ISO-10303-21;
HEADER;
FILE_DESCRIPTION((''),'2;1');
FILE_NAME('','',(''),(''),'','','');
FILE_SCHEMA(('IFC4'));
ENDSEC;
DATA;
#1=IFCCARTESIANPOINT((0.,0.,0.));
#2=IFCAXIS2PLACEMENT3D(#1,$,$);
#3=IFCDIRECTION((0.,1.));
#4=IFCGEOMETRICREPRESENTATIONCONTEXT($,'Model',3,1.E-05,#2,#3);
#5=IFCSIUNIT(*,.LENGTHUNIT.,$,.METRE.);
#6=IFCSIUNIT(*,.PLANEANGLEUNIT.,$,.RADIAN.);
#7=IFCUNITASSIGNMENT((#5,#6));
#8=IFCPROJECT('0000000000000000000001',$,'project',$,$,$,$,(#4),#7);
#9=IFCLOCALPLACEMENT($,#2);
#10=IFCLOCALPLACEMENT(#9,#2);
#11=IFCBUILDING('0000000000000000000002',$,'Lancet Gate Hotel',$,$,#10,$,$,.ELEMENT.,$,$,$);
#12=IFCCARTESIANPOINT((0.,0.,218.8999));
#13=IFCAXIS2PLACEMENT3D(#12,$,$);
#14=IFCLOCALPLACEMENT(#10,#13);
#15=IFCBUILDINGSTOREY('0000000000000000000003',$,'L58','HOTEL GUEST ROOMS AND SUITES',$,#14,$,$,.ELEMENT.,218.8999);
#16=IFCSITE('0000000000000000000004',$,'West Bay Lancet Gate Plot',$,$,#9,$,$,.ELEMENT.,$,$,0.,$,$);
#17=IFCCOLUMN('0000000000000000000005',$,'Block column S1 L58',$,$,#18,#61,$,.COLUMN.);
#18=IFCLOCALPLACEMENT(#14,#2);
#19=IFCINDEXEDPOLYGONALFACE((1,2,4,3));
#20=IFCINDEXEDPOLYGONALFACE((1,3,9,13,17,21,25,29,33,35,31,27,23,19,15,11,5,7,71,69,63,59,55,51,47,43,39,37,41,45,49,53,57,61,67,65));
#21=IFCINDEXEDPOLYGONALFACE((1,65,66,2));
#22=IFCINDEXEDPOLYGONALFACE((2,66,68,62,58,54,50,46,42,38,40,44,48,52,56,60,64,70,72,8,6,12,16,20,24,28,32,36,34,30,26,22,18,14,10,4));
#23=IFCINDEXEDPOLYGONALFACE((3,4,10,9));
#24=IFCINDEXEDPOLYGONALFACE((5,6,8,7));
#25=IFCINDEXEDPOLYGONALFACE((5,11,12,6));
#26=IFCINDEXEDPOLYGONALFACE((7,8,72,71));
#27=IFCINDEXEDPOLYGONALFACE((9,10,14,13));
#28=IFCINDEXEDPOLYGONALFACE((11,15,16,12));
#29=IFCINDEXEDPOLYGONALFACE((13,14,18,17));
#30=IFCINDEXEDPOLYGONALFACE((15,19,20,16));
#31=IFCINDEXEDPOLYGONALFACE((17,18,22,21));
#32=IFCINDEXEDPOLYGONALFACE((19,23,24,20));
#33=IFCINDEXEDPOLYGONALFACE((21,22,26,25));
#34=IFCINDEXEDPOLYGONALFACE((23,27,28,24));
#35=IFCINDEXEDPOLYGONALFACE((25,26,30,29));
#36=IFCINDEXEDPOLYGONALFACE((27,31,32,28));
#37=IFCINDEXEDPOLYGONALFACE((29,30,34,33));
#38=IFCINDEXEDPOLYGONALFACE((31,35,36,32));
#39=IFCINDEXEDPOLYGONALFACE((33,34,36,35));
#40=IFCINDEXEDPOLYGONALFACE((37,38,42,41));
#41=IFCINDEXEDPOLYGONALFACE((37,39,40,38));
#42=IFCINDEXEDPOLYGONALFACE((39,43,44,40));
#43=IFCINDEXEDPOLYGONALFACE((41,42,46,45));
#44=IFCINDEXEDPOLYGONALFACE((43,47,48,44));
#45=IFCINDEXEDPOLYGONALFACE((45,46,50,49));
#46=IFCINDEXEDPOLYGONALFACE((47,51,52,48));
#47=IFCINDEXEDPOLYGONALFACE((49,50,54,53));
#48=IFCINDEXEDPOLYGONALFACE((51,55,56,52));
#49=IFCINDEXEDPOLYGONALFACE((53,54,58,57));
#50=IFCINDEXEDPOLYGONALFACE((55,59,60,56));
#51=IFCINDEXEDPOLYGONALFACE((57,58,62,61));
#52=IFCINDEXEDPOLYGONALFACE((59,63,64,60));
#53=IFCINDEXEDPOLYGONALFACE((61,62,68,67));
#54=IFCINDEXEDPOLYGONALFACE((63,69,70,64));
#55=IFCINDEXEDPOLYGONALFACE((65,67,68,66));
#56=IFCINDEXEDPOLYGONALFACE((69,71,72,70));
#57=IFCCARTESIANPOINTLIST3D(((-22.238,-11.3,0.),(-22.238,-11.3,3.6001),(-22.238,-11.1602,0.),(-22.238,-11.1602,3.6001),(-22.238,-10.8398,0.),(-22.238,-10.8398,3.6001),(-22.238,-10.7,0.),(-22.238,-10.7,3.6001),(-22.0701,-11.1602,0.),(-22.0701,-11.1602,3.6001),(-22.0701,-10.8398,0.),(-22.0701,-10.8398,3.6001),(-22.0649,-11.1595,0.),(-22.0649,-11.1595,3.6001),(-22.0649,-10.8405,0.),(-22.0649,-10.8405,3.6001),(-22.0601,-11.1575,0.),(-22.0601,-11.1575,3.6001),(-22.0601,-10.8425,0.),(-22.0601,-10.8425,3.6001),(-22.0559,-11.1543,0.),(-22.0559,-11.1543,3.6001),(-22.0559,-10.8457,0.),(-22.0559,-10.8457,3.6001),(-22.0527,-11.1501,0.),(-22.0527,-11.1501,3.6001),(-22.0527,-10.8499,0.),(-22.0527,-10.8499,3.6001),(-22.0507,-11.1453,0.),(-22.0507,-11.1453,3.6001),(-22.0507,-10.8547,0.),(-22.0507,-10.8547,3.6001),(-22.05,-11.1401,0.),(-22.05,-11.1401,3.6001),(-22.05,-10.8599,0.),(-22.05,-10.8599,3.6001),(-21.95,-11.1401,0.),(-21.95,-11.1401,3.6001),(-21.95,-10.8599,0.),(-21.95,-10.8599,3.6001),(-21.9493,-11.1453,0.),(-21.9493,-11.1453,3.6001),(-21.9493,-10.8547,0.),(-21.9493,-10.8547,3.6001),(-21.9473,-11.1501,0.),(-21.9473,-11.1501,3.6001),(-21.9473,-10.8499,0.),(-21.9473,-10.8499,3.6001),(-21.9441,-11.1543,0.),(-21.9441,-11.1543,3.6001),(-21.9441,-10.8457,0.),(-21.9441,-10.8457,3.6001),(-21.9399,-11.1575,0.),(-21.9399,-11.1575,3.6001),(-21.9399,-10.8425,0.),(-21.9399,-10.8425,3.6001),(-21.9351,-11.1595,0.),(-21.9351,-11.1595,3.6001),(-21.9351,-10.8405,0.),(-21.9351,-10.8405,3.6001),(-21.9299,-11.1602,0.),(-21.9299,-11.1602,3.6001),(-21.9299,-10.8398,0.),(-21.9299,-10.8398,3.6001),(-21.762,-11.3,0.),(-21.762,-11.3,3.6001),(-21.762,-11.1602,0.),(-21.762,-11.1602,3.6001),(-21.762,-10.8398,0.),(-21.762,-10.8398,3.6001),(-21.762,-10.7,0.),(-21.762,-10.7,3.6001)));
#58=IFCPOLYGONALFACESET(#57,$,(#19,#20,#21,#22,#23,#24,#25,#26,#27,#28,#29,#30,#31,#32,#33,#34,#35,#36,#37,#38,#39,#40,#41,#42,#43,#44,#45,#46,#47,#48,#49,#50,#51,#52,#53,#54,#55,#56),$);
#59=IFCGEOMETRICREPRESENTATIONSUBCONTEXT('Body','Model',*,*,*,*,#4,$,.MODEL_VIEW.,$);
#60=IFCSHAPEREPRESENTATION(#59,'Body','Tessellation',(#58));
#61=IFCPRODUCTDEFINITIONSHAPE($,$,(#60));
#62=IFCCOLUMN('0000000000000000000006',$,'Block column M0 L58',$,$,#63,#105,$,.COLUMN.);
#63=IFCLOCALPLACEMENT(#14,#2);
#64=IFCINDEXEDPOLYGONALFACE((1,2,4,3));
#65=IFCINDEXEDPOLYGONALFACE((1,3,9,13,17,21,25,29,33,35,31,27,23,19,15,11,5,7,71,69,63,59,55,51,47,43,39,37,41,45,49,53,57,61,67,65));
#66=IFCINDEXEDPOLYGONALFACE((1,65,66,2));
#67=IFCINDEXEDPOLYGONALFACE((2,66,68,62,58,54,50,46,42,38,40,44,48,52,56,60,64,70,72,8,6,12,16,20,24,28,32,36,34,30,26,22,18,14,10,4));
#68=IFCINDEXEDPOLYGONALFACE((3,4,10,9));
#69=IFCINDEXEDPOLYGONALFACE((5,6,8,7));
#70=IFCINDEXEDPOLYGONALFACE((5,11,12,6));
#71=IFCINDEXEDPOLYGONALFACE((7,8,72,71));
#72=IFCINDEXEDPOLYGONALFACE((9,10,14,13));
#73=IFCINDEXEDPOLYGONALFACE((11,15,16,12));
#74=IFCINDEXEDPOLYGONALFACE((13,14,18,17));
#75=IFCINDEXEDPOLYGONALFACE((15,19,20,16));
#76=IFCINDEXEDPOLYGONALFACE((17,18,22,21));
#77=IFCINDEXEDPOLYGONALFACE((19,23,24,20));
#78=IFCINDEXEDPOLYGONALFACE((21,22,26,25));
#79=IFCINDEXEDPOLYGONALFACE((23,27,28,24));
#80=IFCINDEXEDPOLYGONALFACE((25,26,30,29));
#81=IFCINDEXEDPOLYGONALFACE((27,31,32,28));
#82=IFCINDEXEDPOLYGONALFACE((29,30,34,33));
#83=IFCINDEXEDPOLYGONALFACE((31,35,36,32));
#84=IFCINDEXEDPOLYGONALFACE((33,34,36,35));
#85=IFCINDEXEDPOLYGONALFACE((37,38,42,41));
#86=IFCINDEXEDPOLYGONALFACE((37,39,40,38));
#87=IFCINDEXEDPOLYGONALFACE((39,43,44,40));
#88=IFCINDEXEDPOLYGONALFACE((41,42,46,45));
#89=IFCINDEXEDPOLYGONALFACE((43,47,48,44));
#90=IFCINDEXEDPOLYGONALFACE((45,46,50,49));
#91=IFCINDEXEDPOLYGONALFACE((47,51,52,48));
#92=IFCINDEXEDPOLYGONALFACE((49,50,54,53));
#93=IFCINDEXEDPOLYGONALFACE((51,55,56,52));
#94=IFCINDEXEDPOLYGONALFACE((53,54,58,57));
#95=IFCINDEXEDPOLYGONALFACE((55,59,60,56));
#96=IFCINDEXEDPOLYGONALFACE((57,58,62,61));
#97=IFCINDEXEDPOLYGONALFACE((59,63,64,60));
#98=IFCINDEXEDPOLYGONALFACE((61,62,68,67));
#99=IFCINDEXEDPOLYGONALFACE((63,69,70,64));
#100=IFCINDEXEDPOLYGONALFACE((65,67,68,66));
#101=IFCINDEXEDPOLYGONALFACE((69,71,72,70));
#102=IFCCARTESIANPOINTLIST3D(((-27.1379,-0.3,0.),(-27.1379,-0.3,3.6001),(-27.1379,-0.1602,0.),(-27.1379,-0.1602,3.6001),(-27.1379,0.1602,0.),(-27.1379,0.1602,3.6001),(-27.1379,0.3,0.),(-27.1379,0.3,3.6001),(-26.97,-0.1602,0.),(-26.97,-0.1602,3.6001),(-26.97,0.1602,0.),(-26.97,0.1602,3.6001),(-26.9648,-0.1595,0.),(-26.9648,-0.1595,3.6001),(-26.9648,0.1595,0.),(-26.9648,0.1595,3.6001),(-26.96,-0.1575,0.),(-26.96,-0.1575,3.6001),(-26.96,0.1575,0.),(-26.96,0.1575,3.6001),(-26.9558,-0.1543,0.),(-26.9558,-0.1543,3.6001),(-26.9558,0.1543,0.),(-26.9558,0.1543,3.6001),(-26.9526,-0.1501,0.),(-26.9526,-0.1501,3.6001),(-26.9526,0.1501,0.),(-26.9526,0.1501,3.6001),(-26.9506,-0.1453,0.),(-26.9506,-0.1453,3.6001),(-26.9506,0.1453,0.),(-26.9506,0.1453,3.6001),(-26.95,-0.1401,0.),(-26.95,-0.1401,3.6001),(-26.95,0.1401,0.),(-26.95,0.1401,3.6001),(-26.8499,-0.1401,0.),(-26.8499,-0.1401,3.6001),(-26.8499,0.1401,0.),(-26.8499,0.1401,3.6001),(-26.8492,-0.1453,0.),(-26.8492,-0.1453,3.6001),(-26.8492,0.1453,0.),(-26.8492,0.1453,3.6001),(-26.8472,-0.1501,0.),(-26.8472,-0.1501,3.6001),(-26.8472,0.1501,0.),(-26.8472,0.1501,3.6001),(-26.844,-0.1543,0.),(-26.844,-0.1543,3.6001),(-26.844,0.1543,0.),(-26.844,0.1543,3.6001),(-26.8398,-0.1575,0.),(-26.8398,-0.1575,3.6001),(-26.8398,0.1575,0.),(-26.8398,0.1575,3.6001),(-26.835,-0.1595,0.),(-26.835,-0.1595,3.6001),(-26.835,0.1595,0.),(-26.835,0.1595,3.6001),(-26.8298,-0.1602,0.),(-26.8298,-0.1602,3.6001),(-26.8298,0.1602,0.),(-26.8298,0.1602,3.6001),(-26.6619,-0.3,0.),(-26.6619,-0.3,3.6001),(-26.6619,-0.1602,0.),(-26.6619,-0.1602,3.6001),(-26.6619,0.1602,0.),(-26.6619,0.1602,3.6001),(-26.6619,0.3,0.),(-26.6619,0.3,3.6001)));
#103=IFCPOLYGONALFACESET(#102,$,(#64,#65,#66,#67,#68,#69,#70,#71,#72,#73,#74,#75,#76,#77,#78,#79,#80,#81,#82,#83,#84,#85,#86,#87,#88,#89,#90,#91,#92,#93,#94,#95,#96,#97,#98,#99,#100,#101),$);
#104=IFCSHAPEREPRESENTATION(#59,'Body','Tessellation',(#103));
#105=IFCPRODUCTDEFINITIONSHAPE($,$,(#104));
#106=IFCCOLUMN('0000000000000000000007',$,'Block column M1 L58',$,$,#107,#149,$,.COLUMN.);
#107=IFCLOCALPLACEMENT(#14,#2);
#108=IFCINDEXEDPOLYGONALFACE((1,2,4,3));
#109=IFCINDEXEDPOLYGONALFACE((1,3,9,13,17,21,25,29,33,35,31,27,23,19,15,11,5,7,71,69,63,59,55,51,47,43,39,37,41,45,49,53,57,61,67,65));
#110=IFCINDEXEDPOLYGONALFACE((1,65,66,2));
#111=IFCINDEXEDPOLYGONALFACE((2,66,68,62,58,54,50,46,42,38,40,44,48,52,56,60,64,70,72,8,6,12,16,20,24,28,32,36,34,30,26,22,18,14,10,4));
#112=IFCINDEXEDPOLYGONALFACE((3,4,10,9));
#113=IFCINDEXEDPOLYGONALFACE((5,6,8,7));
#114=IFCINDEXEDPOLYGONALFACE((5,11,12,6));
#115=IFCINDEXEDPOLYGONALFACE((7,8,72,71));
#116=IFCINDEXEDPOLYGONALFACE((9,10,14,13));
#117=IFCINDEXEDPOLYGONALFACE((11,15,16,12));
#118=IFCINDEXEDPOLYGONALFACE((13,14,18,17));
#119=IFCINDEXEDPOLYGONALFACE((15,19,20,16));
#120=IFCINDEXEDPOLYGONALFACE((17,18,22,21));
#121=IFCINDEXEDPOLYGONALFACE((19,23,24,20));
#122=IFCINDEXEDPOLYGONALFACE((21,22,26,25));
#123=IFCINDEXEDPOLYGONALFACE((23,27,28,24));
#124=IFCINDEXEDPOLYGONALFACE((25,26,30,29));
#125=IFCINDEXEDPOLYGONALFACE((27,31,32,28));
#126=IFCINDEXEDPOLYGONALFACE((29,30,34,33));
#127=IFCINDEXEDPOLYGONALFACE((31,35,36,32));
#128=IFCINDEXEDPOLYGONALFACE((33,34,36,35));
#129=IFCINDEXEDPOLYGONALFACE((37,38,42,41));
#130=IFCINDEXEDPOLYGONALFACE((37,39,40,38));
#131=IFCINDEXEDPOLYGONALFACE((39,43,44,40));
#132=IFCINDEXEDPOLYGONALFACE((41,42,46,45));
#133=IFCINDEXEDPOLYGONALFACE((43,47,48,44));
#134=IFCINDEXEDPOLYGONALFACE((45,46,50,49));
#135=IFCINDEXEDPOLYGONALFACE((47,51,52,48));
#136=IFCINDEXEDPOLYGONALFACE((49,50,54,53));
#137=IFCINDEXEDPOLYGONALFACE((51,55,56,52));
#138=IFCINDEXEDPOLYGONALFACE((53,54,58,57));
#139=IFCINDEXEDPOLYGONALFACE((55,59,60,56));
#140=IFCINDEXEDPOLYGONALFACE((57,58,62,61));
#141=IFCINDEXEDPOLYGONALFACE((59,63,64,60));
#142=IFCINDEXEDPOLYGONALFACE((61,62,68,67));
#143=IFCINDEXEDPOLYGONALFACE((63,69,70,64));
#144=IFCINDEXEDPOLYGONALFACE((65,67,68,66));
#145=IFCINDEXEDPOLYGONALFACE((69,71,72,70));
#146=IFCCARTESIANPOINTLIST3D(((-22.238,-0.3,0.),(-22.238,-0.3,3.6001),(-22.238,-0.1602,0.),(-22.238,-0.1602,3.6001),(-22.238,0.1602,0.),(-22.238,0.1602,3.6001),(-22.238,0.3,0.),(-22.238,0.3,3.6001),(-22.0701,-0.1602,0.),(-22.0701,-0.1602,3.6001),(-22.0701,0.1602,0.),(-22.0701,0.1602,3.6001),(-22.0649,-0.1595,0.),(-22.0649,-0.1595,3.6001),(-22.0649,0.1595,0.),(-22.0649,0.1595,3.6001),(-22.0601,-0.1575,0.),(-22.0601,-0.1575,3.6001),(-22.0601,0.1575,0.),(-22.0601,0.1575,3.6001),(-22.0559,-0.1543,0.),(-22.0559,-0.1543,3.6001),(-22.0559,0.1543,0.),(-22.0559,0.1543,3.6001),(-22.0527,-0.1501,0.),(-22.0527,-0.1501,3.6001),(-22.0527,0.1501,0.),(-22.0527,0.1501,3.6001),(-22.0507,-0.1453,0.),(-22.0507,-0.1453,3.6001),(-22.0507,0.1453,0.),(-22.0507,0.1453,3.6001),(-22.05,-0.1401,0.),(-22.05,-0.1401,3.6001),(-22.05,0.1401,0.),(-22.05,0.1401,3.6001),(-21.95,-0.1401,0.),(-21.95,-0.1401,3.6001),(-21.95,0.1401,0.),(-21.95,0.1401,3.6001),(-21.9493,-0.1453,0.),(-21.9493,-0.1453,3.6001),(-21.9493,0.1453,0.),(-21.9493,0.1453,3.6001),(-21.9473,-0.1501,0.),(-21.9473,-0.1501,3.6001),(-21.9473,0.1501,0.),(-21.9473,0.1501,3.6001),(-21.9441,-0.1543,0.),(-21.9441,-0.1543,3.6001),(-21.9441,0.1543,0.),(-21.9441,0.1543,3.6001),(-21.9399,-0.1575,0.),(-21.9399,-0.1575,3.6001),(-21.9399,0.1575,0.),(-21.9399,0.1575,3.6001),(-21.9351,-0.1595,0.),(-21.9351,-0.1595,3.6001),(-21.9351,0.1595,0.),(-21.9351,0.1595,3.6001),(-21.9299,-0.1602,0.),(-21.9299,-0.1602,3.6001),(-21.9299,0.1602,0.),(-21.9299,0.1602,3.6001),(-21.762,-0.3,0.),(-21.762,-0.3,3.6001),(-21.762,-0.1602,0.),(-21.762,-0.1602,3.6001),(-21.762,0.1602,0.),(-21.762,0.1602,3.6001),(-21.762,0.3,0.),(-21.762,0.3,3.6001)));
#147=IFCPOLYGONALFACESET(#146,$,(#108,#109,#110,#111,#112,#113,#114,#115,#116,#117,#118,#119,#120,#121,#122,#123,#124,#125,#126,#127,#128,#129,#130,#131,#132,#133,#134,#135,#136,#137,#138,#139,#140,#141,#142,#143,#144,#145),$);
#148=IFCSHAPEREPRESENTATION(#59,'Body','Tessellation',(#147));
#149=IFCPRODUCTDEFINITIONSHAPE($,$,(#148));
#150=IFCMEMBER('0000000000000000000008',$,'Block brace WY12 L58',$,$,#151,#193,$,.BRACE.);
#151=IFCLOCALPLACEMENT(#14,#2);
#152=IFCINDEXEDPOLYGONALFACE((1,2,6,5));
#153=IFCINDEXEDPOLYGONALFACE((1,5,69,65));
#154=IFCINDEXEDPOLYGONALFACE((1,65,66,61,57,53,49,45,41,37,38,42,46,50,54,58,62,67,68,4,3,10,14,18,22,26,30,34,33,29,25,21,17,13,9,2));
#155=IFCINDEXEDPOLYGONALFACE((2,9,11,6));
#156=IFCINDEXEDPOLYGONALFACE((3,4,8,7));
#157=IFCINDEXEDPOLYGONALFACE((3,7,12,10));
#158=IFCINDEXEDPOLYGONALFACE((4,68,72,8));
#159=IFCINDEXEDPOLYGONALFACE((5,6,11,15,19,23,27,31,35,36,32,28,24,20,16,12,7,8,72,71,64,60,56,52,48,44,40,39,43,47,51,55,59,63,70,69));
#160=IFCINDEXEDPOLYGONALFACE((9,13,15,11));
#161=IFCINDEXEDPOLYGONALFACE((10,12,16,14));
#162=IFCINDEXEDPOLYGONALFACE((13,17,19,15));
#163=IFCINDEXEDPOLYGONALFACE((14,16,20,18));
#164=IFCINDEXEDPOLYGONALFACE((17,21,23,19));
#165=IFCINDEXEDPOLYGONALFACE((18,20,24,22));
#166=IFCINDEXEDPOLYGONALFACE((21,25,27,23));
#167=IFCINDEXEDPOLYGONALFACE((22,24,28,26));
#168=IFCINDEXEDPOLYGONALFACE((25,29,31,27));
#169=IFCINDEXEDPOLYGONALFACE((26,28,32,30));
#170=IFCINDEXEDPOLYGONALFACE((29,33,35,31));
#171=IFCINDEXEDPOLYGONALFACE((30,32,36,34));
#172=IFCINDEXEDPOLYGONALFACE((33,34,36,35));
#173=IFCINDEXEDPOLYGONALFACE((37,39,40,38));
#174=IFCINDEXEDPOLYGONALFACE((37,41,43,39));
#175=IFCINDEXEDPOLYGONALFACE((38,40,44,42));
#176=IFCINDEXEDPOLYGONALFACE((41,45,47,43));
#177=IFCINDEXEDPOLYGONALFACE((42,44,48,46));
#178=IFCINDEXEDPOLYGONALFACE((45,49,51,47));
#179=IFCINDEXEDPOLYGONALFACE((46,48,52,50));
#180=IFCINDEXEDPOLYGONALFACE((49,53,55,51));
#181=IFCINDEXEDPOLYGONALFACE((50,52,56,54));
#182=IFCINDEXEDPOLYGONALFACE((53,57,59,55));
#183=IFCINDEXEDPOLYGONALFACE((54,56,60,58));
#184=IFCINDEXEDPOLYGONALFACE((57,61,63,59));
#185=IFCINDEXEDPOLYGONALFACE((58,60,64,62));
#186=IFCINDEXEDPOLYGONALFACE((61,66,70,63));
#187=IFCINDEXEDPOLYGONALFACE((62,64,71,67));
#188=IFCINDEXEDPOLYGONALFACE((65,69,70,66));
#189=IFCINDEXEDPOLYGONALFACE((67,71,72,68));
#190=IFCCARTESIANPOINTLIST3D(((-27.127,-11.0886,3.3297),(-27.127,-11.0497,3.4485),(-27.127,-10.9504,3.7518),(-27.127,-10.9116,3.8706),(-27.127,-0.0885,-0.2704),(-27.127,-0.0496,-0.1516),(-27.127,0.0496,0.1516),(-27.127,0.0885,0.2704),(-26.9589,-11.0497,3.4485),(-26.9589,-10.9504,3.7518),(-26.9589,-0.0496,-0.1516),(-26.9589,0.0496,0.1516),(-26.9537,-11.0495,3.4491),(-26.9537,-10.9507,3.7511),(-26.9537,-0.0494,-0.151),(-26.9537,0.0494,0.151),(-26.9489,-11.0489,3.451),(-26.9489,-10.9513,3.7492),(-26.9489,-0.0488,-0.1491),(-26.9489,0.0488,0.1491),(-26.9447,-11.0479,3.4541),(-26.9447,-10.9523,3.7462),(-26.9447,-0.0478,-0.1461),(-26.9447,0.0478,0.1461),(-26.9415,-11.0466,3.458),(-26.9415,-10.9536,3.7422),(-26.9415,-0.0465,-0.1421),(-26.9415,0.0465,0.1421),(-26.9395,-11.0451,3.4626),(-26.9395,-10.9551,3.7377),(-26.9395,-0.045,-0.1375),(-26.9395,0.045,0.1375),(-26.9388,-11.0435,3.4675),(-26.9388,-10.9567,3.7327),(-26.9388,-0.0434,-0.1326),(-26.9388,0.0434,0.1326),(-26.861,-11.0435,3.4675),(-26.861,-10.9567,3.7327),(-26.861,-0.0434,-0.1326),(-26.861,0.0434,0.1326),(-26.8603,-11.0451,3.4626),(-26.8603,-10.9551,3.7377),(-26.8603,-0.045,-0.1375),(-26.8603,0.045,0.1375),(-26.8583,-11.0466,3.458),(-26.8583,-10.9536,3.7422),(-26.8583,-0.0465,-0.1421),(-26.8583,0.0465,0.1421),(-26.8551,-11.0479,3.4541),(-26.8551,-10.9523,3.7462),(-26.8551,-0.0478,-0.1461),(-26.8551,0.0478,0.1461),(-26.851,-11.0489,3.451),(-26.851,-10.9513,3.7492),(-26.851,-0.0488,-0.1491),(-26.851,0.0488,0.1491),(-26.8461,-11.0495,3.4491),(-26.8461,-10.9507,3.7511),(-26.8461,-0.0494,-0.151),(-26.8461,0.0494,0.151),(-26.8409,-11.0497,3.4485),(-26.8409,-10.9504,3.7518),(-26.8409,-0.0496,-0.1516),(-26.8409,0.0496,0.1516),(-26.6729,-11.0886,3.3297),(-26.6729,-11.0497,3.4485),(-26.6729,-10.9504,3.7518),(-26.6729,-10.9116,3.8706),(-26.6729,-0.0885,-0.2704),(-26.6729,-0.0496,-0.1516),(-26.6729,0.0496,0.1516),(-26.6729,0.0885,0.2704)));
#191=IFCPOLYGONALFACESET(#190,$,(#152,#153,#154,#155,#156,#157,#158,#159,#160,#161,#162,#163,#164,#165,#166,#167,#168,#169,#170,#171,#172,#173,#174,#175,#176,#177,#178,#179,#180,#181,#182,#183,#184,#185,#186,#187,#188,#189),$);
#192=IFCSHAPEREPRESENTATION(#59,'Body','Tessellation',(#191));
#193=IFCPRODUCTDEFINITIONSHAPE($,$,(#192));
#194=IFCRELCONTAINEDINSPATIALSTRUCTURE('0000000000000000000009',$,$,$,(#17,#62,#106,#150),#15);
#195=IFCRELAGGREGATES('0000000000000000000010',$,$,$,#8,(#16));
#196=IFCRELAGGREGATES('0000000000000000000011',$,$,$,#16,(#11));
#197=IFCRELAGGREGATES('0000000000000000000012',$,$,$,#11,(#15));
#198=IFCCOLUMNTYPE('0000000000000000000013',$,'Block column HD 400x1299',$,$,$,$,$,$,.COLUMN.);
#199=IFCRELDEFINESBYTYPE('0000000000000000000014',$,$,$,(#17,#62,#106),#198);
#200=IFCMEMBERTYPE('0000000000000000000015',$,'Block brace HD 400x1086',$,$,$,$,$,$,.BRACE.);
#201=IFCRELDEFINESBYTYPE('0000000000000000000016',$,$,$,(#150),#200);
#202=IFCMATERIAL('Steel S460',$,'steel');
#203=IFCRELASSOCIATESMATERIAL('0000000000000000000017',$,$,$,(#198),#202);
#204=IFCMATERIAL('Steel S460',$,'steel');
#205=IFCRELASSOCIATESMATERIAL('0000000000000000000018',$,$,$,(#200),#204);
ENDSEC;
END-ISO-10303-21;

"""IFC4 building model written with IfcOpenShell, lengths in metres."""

from ifc_helpers import new_model, si_unit, direction, frame, origin, origin_2d, place, context, subcontext, project, spatial, i_section, extrude, material, material_profile, profile_set, type_object, element, save


model = new_model("IFC4")

# Units and contexts
model_context = context("Model", 3, precision=1e-05, world=origin(), true_north=direction((0.0, 1.0)))
body_context = subcontext(model_context, "Body", "Model", "MODEL_VIEW")
ifc_project = project(units=[si_unit("LENGTHUNIT", "METRE"), si_unit("PLANEANGLEUNIT", "RADIAN")], contexts=[model_context])

# Site, building, storey
site_placement = place(None, origin())
site = spatial("IfcSite", under=ifc_project, at=site_placement, Name="West Bay Lancet Gate Plot", CompositionType="ELEMENT", RefElevation=0.0)
building_placement = place(site_placement, origin())
building = spatial("IfcBuilding", under=site, at=building_placement, Name="Lancet Gate Hotel", CompositionType="ELEMENT")
storey_placement = place(building_placement, frame((0.0, 0.0, 218.8999)))
storey = spatial("IfcBuildingStorey", under=building, at=storey_placement, Name="L58", Description="HOTEL GUEST ROOMS AND SUITES", CompositionType="ELEMENT", Elevation=218.8999)

# Columns
ifc_material_1 = material(Name="Steel S460", Category="steel")
ifc_material_profile_1 = material_profile(ifc_material_1, i_section(OverallWidth=0.4761, OverallDepth=0.6001, WebThickness=0.1001, FlangeThickness=0.1399, FilletRadius=0.02, at=origin_2d()), Name="HD 400x1299")
ifc_profile_set_1 = profile_set([ifc_material_profile_1], Name="Steel S460")
column_type = type_object("IfcColumnType", Name="Block column HD 400x1299", PredefinedType="COLUMN", material=ifc_profile_set_1)
for number, where, z_axis, x_axis, name in (
    (1, (-22.0, -11.0, 0.0), (0.0, 0.0, 1.0), (1.0, 0.0, 0.0), "Block column S1 L58"),
    (2, (-26.8999, 0.0, 0.0), (0.0, 0.0, 1.0), (1.0, 0.0, 0.0), "Block column M0 L58"),
    (3, (-22.0, 0.0, 0.0), (0.0, 0.0, 1.0), (1.0, 0.0, 0.0), "Block column M1 L58"),
):
    element("IfcColumn", number, at=place(storey_placement, frame(where, z_axis=z_axis, x_axis=x_axis)), inside=storey, type_object=column_type, Name=name, PredefinedType="COLUMN", context=body_context, shape_type="SweptSolid", body=[
        extrude(i_section(OverallWidth=0.4761, OverallDepth=0.6001, WebThickness=0.1001, FlangeThickness=0.1399, FilletRadius=0.02, at=origin_2d()), origin(), (0.0, 0.0, 1.0), 3.6001),
    ])

# Member
ifc_material_2 = material(Name="Steel S460", Category="steel")
ifc_material_profile_2 = material_profile(ifc_material_2, i_section(OverallWidth=0.4541, OverallDepth=0.5691, WebThickness=0.0779, FlangeThickness=0.125, FilletRadius=0.02, at=origin_2d()), Name="HD 400x1086")
ifc_profile_set_2 = profile_set([ifc_material_profile_2], Name="Steel S460")
member_type = type_object("IfcMemberType", Name="Block brace HD 400x1086", PredefinedType="BRACE", material=ifc_profile_set_2)
member_1_placement = place(storey_placement, frame((-26.8999, 0.0, 0.0), z_axis=(0.0, -0.950395, 0.311047), x_axis=(1.0, 0.0, 0.0)))
element("IfcMember", 4, at=member_1_placement, inside=storey, type_object=member_type, Name="Block brace WY12 L58", PredefinedType="BRACE", context=body_context, shape_type="SweptSolid", body=[
    extrude(i_section(OverallWidth=0.4541, OverallDepth=0.5691, WebThickness=0.0779, FlangeThickness=0.125, FilletRadius=0.02, at=origin_2d()), origin(), (0.0, 0.0, 1.0), 11.5742),
])

save(model, "model.ifc")
